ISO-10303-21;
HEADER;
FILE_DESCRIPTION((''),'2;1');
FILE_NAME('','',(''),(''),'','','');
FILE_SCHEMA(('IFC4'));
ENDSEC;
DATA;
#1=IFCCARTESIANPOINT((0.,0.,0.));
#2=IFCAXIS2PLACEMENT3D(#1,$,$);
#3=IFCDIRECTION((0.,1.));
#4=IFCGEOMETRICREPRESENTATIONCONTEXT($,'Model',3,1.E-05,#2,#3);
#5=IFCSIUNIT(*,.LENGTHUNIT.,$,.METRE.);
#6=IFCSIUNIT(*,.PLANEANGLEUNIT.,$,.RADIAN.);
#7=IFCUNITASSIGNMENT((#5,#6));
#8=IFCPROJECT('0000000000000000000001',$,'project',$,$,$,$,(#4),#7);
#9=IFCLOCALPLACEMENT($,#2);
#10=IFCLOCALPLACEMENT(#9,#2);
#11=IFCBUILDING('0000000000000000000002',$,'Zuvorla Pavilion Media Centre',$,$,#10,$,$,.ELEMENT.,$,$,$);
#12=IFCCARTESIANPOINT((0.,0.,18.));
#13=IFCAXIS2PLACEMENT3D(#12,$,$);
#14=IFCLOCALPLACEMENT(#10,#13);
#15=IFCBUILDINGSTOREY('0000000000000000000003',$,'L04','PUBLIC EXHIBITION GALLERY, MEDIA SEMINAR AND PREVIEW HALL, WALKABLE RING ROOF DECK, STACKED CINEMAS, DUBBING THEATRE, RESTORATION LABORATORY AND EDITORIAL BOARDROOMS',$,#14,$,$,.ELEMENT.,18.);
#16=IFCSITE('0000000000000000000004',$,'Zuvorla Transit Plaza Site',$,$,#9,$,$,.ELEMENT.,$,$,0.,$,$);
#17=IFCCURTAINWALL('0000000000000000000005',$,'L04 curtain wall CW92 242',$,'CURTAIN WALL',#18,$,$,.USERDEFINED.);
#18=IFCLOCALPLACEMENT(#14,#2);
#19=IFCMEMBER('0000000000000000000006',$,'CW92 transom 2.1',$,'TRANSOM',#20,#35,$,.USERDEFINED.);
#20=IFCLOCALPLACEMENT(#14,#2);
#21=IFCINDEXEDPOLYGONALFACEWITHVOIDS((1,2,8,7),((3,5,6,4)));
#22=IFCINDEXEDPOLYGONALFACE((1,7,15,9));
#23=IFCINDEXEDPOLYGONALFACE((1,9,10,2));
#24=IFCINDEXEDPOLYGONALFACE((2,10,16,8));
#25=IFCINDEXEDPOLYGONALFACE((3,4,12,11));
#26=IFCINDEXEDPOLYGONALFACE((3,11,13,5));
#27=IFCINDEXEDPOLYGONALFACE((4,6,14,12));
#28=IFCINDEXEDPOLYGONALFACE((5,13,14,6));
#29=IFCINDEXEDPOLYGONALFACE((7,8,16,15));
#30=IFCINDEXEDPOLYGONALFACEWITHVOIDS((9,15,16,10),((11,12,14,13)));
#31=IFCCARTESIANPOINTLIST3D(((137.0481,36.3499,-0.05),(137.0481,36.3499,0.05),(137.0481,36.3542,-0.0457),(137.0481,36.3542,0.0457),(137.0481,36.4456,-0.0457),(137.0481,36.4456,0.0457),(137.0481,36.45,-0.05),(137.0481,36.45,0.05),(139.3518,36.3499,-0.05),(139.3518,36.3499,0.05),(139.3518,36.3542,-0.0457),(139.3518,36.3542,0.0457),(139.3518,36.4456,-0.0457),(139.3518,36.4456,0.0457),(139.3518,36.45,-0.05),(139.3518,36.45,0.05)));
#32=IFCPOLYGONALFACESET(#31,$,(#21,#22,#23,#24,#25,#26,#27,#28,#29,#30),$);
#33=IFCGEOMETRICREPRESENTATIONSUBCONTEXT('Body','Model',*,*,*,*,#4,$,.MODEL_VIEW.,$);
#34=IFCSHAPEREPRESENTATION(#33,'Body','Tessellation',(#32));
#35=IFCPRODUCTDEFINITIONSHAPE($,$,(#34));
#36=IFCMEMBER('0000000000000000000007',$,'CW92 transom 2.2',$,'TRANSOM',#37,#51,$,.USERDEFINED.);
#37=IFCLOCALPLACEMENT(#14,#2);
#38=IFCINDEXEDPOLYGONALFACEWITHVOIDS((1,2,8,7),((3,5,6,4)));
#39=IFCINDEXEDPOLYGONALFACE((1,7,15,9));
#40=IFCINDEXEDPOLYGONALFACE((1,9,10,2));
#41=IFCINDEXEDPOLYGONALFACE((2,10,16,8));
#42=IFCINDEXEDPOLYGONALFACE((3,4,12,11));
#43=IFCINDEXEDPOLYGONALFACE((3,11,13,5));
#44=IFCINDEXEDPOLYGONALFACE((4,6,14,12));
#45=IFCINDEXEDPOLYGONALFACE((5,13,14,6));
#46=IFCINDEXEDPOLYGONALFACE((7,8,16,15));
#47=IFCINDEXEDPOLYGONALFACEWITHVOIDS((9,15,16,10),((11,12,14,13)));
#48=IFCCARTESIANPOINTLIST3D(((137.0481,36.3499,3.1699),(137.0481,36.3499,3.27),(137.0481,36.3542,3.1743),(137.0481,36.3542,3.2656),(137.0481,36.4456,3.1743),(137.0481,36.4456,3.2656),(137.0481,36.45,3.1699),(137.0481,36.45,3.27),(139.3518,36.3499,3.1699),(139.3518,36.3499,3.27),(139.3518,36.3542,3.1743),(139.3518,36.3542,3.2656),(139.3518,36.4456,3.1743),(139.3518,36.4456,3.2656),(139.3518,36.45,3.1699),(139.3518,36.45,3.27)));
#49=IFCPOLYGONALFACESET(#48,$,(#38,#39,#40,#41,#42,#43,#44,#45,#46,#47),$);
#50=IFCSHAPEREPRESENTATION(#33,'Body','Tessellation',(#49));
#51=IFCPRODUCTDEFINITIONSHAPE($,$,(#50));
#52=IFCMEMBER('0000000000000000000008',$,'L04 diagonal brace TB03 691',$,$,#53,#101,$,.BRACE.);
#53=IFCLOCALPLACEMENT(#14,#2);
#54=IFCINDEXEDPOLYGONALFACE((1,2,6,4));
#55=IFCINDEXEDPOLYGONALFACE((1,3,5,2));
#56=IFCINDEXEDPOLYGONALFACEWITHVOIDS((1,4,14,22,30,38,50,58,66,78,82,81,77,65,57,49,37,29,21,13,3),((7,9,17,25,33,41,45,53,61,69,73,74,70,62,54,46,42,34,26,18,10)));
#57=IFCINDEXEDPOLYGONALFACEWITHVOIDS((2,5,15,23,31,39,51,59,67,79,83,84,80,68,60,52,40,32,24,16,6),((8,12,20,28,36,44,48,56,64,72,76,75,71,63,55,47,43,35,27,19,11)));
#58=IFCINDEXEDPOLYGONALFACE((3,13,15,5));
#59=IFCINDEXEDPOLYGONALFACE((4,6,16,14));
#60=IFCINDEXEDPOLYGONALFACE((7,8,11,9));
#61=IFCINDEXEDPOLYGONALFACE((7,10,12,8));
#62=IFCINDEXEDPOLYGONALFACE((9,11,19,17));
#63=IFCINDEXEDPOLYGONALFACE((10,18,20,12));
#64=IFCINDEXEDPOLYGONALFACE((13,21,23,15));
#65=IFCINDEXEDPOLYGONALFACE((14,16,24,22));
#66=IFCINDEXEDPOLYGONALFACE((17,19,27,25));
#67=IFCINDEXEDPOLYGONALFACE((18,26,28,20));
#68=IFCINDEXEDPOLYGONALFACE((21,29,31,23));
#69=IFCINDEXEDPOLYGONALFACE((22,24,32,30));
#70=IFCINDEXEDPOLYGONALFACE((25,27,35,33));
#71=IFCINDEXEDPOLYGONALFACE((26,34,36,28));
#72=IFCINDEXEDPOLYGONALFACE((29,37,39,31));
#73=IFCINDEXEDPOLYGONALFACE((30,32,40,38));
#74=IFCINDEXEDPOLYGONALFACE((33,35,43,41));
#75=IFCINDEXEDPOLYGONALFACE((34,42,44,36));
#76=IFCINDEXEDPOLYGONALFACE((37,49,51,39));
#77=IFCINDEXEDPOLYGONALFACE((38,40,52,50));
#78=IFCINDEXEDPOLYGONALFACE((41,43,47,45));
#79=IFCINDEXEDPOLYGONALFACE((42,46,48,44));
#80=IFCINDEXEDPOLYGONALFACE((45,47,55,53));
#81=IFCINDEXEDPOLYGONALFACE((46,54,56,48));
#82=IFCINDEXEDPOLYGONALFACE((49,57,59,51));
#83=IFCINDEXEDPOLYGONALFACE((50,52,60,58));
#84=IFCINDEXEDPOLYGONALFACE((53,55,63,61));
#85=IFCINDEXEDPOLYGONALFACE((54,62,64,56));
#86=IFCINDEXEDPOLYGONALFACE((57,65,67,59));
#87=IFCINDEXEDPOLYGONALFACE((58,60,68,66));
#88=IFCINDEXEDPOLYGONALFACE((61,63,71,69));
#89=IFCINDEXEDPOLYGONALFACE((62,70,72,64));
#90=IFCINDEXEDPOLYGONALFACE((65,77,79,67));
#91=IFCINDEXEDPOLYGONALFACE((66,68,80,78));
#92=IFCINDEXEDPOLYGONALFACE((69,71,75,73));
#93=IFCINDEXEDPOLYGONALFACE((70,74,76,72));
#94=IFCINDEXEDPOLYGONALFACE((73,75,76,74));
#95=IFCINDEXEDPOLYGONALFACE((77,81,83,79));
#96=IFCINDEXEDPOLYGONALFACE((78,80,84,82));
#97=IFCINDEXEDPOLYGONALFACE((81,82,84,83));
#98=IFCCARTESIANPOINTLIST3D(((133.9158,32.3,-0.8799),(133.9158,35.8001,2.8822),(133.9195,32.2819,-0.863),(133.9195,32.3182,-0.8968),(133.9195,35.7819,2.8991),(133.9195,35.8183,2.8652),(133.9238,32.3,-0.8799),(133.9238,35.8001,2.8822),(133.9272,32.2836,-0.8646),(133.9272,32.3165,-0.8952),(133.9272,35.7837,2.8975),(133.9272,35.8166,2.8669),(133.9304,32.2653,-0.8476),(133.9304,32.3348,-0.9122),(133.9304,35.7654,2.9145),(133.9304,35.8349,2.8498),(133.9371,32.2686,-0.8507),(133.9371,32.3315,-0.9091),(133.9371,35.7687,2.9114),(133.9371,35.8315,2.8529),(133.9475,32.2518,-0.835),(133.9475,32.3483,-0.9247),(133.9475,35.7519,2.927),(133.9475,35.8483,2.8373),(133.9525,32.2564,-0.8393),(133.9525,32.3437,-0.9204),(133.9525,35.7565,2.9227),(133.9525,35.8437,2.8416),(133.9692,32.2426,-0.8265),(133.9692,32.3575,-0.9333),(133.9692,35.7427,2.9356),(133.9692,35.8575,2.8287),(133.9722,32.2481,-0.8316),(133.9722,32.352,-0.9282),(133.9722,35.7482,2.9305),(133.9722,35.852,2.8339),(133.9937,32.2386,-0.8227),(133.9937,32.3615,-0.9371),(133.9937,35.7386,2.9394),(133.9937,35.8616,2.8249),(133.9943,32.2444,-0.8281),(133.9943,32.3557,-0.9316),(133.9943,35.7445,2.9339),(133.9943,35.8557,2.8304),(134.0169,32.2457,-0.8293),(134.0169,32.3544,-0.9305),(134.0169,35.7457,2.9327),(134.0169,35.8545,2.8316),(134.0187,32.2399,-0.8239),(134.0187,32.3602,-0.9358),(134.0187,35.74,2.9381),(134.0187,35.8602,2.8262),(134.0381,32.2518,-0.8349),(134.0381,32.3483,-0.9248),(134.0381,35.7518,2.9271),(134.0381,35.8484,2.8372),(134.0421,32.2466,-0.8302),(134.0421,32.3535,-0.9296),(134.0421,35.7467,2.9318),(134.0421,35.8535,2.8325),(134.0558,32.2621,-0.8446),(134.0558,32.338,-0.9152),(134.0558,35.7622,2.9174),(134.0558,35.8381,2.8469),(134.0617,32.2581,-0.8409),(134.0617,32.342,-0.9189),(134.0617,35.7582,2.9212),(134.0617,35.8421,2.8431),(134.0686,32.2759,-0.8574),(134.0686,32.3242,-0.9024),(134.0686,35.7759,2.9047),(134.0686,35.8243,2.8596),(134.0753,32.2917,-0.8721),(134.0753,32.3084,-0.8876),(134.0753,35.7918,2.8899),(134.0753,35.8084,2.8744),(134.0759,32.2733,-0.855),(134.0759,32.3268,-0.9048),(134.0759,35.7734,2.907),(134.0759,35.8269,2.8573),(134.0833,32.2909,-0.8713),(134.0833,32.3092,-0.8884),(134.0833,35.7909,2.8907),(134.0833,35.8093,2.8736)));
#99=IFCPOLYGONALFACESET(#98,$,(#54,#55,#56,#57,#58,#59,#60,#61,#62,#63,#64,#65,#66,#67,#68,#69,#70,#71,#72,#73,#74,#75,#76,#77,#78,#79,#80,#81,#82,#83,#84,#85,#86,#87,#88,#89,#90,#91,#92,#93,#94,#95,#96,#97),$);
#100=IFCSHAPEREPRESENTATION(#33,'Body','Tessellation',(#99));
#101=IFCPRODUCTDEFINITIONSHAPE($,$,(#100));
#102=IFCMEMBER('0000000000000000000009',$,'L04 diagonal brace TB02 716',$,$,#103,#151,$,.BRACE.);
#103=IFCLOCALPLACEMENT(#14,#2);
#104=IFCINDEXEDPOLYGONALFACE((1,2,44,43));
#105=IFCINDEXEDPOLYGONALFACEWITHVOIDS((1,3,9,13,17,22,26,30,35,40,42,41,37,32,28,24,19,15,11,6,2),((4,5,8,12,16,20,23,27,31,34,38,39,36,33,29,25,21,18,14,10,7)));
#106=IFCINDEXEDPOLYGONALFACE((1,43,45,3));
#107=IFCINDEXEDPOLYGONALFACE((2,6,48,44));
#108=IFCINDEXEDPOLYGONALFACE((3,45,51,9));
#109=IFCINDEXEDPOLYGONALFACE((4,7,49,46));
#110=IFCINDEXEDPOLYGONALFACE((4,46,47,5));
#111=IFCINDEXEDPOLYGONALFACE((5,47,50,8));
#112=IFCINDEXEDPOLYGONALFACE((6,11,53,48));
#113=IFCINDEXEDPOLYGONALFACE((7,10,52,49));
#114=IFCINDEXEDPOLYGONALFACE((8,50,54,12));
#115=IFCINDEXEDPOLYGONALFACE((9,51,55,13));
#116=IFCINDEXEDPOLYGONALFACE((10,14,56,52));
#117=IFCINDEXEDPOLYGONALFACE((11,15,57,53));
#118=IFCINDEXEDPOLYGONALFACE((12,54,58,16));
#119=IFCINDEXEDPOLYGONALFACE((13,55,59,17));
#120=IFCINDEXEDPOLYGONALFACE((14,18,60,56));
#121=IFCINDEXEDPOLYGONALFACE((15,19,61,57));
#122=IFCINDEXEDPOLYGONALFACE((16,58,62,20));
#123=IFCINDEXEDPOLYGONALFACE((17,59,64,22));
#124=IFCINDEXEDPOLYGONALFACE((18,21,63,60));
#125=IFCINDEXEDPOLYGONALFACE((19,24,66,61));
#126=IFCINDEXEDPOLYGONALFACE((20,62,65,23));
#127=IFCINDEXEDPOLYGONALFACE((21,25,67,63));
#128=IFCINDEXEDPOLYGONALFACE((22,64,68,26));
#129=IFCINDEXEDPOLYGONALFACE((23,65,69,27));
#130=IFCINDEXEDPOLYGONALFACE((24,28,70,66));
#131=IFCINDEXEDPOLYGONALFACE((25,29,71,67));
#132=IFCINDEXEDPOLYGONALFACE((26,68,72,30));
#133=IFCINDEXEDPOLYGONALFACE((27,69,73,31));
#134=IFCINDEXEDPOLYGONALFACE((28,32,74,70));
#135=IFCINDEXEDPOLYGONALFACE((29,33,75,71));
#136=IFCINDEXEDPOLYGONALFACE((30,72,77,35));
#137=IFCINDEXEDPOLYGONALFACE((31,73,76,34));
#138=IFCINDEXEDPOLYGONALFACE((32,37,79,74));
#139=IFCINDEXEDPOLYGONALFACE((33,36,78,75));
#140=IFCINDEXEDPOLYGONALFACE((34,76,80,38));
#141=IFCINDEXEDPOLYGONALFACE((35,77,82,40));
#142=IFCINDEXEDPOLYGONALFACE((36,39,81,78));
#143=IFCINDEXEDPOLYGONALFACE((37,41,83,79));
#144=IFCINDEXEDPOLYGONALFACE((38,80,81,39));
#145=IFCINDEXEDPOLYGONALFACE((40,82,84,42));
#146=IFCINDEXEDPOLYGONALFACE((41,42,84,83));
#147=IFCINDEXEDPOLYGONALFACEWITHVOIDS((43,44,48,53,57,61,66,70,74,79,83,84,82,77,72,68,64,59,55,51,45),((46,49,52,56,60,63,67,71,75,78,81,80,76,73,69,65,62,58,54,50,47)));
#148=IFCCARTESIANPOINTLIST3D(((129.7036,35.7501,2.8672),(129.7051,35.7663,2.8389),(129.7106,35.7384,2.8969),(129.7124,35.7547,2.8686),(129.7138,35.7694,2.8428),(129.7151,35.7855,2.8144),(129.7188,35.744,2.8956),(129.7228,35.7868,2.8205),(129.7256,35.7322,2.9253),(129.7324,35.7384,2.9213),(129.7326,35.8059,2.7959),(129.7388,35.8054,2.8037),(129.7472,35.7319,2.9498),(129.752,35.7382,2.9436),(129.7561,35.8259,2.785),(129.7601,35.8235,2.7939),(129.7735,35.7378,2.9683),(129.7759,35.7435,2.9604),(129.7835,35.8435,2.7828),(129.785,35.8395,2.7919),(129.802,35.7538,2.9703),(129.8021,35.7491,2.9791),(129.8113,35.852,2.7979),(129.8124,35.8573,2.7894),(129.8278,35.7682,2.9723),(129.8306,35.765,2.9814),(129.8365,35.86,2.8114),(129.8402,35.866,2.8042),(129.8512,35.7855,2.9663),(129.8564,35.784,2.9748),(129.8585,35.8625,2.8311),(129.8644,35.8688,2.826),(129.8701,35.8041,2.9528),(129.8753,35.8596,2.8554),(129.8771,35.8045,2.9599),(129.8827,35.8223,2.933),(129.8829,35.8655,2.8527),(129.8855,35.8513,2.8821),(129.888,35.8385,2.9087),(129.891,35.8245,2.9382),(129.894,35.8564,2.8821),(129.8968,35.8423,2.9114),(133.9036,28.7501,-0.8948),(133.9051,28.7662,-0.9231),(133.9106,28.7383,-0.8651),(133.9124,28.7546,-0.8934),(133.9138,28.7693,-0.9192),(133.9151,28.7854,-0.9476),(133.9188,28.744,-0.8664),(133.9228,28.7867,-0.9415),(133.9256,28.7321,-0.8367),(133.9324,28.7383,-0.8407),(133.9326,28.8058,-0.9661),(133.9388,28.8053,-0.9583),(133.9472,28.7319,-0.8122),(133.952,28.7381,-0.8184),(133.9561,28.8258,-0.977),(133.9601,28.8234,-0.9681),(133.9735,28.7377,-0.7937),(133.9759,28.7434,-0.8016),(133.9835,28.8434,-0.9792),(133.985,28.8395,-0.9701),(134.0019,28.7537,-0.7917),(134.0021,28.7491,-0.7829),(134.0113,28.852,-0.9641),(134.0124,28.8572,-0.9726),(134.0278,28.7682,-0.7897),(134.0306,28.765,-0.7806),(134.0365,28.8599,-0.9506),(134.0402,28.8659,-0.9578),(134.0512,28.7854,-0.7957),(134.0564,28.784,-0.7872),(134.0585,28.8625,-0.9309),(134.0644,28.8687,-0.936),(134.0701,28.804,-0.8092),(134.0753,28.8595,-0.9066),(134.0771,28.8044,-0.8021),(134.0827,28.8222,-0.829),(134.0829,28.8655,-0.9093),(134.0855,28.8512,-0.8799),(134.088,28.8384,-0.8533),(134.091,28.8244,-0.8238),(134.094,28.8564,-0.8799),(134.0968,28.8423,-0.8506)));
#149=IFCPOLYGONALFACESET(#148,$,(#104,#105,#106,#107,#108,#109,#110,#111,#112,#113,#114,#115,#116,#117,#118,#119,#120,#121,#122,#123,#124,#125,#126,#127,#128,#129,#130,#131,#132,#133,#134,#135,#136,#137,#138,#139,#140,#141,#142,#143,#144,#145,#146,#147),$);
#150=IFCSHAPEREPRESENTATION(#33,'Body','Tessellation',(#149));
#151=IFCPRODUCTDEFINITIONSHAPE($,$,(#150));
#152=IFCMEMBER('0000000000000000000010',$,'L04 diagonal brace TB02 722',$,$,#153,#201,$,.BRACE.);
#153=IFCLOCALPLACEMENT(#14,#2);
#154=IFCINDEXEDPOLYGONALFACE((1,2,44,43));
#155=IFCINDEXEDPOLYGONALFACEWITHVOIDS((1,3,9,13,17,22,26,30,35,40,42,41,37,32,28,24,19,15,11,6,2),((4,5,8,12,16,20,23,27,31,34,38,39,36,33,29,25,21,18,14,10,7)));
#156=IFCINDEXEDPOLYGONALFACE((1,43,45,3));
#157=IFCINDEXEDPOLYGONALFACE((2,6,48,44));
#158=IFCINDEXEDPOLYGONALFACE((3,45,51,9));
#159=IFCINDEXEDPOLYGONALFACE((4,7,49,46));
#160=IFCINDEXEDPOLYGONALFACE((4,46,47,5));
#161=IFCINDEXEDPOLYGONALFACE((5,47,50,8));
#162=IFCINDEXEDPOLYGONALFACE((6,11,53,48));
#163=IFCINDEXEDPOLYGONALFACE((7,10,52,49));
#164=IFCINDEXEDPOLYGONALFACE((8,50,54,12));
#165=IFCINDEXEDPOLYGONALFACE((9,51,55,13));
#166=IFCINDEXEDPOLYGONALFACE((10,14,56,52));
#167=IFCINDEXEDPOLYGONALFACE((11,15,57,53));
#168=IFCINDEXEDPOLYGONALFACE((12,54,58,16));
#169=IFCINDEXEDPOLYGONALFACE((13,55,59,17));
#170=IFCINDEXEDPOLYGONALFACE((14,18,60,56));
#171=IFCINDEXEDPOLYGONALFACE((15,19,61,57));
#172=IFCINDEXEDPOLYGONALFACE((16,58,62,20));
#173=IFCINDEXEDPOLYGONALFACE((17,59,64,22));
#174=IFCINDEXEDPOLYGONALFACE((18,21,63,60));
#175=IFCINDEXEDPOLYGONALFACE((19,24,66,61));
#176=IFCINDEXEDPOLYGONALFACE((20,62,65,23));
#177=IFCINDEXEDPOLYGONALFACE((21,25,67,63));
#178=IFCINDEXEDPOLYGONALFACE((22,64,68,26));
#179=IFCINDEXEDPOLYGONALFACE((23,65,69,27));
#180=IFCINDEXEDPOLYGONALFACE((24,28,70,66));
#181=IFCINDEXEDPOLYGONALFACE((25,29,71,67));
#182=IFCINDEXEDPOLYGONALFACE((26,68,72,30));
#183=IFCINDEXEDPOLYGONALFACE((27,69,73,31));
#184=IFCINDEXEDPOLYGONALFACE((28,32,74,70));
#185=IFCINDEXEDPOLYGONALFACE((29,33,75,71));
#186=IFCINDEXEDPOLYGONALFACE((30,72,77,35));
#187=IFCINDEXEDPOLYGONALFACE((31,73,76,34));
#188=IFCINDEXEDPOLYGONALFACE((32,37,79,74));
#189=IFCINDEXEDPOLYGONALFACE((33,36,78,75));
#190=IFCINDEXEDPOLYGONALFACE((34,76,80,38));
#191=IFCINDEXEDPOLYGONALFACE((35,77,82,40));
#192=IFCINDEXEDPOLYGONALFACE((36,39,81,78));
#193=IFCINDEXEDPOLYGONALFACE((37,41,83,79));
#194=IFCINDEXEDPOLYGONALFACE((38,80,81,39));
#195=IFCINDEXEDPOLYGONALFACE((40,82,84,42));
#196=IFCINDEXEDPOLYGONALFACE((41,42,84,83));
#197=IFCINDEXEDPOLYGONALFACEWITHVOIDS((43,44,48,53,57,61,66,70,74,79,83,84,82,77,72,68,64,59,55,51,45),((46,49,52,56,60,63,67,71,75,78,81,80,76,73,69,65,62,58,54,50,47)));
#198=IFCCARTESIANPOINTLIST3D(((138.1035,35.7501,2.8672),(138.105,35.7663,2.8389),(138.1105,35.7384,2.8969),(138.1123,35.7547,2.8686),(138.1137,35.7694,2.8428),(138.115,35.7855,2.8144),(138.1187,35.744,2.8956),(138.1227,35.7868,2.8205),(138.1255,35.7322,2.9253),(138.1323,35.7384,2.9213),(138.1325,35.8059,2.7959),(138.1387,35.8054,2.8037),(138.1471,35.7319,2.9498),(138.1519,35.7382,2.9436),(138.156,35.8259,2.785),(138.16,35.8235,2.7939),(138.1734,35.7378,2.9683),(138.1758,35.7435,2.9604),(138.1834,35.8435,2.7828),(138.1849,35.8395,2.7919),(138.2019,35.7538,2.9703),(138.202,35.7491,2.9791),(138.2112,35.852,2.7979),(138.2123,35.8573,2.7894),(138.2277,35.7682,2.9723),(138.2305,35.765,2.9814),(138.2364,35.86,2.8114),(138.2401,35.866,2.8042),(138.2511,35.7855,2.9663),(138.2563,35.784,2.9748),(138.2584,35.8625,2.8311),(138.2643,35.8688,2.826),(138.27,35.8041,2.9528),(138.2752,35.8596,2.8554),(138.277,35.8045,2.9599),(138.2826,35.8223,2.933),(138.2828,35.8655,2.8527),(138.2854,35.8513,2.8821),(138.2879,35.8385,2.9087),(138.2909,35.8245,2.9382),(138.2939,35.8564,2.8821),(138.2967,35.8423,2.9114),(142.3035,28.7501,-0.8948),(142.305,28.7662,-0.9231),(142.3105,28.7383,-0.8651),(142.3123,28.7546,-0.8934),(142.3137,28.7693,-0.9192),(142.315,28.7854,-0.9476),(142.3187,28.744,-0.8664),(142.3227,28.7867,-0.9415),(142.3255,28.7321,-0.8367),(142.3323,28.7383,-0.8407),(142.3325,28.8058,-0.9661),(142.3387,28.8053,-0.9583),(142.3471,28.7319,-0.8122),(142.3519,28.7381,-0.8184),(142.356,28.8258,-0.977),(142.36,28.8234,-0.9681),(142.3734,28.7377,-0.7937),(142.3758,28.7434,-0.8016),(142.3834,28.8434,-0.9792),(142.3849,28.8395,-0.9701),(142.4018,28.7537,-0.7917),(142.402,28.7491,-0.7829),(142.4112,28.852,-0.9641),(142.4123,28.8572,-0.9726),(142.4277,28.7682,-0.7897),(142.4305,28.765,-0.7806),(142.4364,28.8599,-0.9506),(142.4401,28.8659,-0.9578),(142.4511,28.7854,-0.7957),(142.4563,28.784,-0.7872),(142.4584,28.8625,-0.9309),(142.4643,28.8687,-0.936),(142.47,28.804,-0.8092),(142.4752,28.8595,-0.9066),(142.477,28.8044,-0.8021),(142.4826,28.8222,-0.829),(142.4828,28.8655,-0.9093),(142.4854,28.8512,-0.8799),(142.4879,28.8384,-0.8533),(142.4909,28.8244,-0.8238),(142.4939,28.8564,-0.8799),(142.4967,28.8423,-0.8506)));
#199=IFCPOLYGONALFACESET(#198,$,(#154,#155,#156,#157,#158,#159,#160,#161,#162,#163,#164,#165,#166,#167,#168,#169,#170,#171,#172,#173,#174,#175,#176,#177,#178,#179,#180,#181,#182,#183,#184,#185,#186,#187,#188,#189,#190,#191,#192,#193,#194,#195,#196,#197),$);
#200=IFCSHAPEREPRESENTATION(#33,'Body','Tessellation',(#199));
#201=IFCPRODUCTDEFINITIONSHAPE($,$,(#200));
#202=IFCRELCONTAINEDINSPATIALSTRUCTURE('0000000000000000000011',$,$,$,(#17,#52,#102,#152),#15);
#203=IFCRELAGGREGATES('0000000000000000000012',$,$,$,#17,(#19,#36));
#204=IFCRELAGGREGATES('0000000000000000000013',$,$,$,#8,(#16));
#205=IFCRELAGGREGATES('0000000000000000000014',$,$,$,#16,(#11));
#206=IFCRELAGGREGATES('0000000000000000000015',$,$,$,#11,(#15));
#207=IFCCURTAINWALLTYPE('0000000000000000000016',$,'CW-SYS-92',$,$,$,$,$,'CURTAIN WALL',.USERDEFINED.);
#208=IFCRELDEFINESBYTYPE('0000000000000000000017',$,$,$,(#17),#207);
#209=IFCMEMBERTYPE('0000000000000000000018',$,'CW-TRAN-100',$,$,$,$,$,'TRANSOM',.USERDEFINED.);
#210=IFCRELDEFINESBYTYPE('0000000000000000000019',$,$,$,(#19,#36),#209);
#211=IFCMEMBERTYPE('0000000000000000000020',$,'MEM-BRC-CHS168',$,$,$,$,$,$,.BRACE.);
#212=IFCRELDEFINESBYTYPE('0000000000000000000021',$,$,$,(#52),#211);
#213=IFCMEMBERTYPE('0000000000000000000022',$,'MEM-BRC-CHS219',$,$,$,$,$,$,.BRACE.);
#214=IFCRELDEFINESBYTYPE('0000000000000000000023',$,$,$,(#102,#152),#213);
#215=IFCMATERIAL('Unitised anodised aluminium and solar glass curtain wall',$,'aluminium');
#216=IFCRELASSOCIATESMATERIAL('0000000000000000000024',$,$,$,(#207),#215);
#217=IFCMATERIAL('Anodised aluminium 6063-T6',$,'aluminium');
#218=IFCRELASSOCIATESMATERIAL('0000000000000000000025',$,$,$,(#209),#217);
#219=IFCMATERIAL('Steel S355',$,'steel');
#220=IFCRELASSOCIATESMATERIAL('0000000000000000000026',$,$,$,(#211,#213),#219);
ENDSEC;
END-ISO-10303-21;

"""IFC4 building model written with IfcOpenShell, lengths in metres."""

from ifc_helpers import new_model, si_unit, direction, frame, origin, origin_2d, place, context, subcontext, project, spatial, hollow_rectangle, hollow_circle, extrude, material, material_profile, profile_set, type_object, element, aggregate, save


model = new_model("IFC4")

# Units and contexts
model_context = context("Model", 3, precision=1e-05, world=origin(), true_north=direction((0.0, 1.0)))
body_context = subcontext(model_context, "Body", "Model", "MODEL_VIEW")
ifc_project = project(units=[si_unit("LENGTHUNIT", "METRE"), si_unit("PLANEANGLEUNIT", "RADIAN")], contexts=[model_context])

# Site, building, storey
site_placement = place(None, origin())
site = spatial("IfcSite", under=ifc_project, at=site_placement, Name="Zuvorla Transit Plaza Site", CompositionType="ELEMENT", RefElevation=0.0)
building_placement = place(site_placement, origin())
building = spatial("IfcBuilding", under=site, at=building_placement, Name="Zuvorla Pavilion Media Centre", CompositionType="ELEMENT")
storey_placement = place(building_placement, frame((0.0, 0.0, 18.0)))
storey = spatial("IfcBuildingStorey", under=building, at=storey_placement, Name="L04", Description="PUBLIC EXHIBITION GALLERY, MEDIA SEMINAR AND PREVIEW HALL, WALKABLE RING ROOF DECK, STACKED CINEMAS, DUBBING THEATRE, RESTORATION LABORATORY AND EDITORIAL BOARDROOMS", CompositionType="ELEMENT", Elevation=18.0)

# Curtain wall
ifc_material_1 = material(Name="Unitised anodised aluminium and solar glass curtain wall", Category="aluminium")
ifc_material_2 = material(Name="Anodised aluminium 6063-T6", Category="aluminium")
curtain_wall_type_1 = type_object("IfcCurtainWallType", Name="CW-SYS-92", ElementType="CURTAIN WALL", PredefinedType="USERDEFINED", material=ifc_material_1)
curtain_wall_1_placement = place(storey_placement, origin())
curtain_wall_1 = element("IfcCurtainWall", 1, at=curtain_wall_1_placement, inside=storey, type_object=curtain_wall_type_1, Name="L04 curtain wall CW92 242", ObjectType="CURTAIN WALL", PredefinedType="USERDEFINED")

# Members
ifc_material_profile_1 = material_profile(ifc_material_2, hollow_rectangle(XDim=0.1001, YDim=0.1001, WallThickness=0.0044, at=origin_2d()), Name="ALU TRAN 100x100")
ifc_profile_set_1 = profile_set([ifc_material_profile_1], Name="Anodised aluminium 6063-T6")
member_type_1 = type_object("IfcMemberType", Name="CW-TRAN-100", ElementType="TRANSOM", PredefinedType="USERDEFINED", material=ifc_profile_set_1)
member_1_placement = place(storey_placement, frame((137.0481, 36.3999, 0.0), z_axis=(1.0, 0.0, 0.0), x_axis=(0.0, 1.0, 0.0)))
member_1 = element("IfcMember", 2, at=member_1_placement, type_object=member_type_1, Name="CW92 transom 2.1", ObjectType="TRANSOM", PredefinedType="USERDEFINED", context=body_context, shape_type="SweptSolid", body=[
    extrude(hollow_rectangle(XDim=0.1001, YDim=0.1001, WallThickness=0.0044, at=origin_2d()), origin(), (0.0, 0.0, 1.0), 2.3037),
])
member_2_placement = place(storey_placement, frame((137.0481, 36.3999, 3.22), z_axis=(1.0, 0.0, 0.0), x_axis=(0.0, 1.0, 0.0)))
member_2 = element("IfcMember", 3, at=member_2_placement, type_object=member_type_1, Name="CW92 transom 2.2", ObjectType="TRANSOM", PredefinedType="USERDEFINED", context=body_context, shape_type="SweptSolid", body=[
    extrude(hollow_rectangle(XDim=0.1001, YDim=0.1001, WallThickness=0.0044, at=origin_2d()), origin(), (0.0, 0.0, 1.0), 2.3037),
])

# Members
ifc_material_3 = material(Name="Steel S355", Category="steel")
ifc_material_profile_2 = material_profile(ifc_material_3, hollow_circle(Radius=0.0842, WallThickness=0.0081, at=origin_2d()), Name="CHS 168.3x8")
ifc_profile_set_2 = profile_set([ifc_material_profile_2], Name="Steel S355")
member_type_2 = type_object("IfcMemberType", Name="MEM-BRC-CHS168", PredefinedType="BRACE", material=ifc_profile_set_2)
member_3_placement = place(storey_placement, frame((134.0, 32.3, -0.8799), z_axis=(0.0, 0.681156, 0.732138), x_axis=(-1.0, 0.0, 0.0)))
element("IfcMember", 4, at=member_3_placement, inside=storey, type_object=member_type_2, Name="L04 diagonal brace TB03 691", PredefinedType="BRACE", context=body_context, shape_type="SweptSolid", body=[
    extrude(hollow_circle(Radius=0.0842, WallThickness=0.0081, at=origin_2d()), origin(), (0.0, 0.0, 1.0), 5.1384),
])
ifc_material_profile_3 = material_profile(ifc_material_3, hollow_circle(Radius=0.1096, WallThickness=0.01, at=origin_2d()), Name="CHS 219.1x10")
ifc_profile_set_3 = profile_set([ifc_material_profile_3], Name="Steel S355")
member_type_3 = type_object("IfcMemberType", Name="MEM-BRC-CHS219", PredefinedType="BRACE", material=ifc_profile_set_3)
for number, where, z_axis, x_axis, name in (
    (5, (129.8, 35.8, 2.8821), (0.467262, -0.778779, -0.418534), (0.857496, 0.514491, 0.0), "L04 diagonal brace TB02 716"),
    (6, (138.2, 35.8, 2.8821), (0.467262, -0.778779, -0.418534), (0.857496, 0.514491, 0.0), "L04 diagonal brace TB02 722"),
):
    element("IfcMember", number, at=place(storey_placement, frame(where, z_axis=z_axis, x_axis=x_axis)), inside=storey, type_object=member_type_3, Name=name, PredefinedType="BRACE", context=body_context, shape_type="SweptSolid", body=[
        extrude(hollow_circle(Radius=0.1096, WallThickness=0.01, at=origin_2d()), origin(), (0.0, 0.0, 1.0), 8.9885),
    ])

aggregate(curtain_wall_1, [member_1, member_2])

save(model, "model.ifc")
